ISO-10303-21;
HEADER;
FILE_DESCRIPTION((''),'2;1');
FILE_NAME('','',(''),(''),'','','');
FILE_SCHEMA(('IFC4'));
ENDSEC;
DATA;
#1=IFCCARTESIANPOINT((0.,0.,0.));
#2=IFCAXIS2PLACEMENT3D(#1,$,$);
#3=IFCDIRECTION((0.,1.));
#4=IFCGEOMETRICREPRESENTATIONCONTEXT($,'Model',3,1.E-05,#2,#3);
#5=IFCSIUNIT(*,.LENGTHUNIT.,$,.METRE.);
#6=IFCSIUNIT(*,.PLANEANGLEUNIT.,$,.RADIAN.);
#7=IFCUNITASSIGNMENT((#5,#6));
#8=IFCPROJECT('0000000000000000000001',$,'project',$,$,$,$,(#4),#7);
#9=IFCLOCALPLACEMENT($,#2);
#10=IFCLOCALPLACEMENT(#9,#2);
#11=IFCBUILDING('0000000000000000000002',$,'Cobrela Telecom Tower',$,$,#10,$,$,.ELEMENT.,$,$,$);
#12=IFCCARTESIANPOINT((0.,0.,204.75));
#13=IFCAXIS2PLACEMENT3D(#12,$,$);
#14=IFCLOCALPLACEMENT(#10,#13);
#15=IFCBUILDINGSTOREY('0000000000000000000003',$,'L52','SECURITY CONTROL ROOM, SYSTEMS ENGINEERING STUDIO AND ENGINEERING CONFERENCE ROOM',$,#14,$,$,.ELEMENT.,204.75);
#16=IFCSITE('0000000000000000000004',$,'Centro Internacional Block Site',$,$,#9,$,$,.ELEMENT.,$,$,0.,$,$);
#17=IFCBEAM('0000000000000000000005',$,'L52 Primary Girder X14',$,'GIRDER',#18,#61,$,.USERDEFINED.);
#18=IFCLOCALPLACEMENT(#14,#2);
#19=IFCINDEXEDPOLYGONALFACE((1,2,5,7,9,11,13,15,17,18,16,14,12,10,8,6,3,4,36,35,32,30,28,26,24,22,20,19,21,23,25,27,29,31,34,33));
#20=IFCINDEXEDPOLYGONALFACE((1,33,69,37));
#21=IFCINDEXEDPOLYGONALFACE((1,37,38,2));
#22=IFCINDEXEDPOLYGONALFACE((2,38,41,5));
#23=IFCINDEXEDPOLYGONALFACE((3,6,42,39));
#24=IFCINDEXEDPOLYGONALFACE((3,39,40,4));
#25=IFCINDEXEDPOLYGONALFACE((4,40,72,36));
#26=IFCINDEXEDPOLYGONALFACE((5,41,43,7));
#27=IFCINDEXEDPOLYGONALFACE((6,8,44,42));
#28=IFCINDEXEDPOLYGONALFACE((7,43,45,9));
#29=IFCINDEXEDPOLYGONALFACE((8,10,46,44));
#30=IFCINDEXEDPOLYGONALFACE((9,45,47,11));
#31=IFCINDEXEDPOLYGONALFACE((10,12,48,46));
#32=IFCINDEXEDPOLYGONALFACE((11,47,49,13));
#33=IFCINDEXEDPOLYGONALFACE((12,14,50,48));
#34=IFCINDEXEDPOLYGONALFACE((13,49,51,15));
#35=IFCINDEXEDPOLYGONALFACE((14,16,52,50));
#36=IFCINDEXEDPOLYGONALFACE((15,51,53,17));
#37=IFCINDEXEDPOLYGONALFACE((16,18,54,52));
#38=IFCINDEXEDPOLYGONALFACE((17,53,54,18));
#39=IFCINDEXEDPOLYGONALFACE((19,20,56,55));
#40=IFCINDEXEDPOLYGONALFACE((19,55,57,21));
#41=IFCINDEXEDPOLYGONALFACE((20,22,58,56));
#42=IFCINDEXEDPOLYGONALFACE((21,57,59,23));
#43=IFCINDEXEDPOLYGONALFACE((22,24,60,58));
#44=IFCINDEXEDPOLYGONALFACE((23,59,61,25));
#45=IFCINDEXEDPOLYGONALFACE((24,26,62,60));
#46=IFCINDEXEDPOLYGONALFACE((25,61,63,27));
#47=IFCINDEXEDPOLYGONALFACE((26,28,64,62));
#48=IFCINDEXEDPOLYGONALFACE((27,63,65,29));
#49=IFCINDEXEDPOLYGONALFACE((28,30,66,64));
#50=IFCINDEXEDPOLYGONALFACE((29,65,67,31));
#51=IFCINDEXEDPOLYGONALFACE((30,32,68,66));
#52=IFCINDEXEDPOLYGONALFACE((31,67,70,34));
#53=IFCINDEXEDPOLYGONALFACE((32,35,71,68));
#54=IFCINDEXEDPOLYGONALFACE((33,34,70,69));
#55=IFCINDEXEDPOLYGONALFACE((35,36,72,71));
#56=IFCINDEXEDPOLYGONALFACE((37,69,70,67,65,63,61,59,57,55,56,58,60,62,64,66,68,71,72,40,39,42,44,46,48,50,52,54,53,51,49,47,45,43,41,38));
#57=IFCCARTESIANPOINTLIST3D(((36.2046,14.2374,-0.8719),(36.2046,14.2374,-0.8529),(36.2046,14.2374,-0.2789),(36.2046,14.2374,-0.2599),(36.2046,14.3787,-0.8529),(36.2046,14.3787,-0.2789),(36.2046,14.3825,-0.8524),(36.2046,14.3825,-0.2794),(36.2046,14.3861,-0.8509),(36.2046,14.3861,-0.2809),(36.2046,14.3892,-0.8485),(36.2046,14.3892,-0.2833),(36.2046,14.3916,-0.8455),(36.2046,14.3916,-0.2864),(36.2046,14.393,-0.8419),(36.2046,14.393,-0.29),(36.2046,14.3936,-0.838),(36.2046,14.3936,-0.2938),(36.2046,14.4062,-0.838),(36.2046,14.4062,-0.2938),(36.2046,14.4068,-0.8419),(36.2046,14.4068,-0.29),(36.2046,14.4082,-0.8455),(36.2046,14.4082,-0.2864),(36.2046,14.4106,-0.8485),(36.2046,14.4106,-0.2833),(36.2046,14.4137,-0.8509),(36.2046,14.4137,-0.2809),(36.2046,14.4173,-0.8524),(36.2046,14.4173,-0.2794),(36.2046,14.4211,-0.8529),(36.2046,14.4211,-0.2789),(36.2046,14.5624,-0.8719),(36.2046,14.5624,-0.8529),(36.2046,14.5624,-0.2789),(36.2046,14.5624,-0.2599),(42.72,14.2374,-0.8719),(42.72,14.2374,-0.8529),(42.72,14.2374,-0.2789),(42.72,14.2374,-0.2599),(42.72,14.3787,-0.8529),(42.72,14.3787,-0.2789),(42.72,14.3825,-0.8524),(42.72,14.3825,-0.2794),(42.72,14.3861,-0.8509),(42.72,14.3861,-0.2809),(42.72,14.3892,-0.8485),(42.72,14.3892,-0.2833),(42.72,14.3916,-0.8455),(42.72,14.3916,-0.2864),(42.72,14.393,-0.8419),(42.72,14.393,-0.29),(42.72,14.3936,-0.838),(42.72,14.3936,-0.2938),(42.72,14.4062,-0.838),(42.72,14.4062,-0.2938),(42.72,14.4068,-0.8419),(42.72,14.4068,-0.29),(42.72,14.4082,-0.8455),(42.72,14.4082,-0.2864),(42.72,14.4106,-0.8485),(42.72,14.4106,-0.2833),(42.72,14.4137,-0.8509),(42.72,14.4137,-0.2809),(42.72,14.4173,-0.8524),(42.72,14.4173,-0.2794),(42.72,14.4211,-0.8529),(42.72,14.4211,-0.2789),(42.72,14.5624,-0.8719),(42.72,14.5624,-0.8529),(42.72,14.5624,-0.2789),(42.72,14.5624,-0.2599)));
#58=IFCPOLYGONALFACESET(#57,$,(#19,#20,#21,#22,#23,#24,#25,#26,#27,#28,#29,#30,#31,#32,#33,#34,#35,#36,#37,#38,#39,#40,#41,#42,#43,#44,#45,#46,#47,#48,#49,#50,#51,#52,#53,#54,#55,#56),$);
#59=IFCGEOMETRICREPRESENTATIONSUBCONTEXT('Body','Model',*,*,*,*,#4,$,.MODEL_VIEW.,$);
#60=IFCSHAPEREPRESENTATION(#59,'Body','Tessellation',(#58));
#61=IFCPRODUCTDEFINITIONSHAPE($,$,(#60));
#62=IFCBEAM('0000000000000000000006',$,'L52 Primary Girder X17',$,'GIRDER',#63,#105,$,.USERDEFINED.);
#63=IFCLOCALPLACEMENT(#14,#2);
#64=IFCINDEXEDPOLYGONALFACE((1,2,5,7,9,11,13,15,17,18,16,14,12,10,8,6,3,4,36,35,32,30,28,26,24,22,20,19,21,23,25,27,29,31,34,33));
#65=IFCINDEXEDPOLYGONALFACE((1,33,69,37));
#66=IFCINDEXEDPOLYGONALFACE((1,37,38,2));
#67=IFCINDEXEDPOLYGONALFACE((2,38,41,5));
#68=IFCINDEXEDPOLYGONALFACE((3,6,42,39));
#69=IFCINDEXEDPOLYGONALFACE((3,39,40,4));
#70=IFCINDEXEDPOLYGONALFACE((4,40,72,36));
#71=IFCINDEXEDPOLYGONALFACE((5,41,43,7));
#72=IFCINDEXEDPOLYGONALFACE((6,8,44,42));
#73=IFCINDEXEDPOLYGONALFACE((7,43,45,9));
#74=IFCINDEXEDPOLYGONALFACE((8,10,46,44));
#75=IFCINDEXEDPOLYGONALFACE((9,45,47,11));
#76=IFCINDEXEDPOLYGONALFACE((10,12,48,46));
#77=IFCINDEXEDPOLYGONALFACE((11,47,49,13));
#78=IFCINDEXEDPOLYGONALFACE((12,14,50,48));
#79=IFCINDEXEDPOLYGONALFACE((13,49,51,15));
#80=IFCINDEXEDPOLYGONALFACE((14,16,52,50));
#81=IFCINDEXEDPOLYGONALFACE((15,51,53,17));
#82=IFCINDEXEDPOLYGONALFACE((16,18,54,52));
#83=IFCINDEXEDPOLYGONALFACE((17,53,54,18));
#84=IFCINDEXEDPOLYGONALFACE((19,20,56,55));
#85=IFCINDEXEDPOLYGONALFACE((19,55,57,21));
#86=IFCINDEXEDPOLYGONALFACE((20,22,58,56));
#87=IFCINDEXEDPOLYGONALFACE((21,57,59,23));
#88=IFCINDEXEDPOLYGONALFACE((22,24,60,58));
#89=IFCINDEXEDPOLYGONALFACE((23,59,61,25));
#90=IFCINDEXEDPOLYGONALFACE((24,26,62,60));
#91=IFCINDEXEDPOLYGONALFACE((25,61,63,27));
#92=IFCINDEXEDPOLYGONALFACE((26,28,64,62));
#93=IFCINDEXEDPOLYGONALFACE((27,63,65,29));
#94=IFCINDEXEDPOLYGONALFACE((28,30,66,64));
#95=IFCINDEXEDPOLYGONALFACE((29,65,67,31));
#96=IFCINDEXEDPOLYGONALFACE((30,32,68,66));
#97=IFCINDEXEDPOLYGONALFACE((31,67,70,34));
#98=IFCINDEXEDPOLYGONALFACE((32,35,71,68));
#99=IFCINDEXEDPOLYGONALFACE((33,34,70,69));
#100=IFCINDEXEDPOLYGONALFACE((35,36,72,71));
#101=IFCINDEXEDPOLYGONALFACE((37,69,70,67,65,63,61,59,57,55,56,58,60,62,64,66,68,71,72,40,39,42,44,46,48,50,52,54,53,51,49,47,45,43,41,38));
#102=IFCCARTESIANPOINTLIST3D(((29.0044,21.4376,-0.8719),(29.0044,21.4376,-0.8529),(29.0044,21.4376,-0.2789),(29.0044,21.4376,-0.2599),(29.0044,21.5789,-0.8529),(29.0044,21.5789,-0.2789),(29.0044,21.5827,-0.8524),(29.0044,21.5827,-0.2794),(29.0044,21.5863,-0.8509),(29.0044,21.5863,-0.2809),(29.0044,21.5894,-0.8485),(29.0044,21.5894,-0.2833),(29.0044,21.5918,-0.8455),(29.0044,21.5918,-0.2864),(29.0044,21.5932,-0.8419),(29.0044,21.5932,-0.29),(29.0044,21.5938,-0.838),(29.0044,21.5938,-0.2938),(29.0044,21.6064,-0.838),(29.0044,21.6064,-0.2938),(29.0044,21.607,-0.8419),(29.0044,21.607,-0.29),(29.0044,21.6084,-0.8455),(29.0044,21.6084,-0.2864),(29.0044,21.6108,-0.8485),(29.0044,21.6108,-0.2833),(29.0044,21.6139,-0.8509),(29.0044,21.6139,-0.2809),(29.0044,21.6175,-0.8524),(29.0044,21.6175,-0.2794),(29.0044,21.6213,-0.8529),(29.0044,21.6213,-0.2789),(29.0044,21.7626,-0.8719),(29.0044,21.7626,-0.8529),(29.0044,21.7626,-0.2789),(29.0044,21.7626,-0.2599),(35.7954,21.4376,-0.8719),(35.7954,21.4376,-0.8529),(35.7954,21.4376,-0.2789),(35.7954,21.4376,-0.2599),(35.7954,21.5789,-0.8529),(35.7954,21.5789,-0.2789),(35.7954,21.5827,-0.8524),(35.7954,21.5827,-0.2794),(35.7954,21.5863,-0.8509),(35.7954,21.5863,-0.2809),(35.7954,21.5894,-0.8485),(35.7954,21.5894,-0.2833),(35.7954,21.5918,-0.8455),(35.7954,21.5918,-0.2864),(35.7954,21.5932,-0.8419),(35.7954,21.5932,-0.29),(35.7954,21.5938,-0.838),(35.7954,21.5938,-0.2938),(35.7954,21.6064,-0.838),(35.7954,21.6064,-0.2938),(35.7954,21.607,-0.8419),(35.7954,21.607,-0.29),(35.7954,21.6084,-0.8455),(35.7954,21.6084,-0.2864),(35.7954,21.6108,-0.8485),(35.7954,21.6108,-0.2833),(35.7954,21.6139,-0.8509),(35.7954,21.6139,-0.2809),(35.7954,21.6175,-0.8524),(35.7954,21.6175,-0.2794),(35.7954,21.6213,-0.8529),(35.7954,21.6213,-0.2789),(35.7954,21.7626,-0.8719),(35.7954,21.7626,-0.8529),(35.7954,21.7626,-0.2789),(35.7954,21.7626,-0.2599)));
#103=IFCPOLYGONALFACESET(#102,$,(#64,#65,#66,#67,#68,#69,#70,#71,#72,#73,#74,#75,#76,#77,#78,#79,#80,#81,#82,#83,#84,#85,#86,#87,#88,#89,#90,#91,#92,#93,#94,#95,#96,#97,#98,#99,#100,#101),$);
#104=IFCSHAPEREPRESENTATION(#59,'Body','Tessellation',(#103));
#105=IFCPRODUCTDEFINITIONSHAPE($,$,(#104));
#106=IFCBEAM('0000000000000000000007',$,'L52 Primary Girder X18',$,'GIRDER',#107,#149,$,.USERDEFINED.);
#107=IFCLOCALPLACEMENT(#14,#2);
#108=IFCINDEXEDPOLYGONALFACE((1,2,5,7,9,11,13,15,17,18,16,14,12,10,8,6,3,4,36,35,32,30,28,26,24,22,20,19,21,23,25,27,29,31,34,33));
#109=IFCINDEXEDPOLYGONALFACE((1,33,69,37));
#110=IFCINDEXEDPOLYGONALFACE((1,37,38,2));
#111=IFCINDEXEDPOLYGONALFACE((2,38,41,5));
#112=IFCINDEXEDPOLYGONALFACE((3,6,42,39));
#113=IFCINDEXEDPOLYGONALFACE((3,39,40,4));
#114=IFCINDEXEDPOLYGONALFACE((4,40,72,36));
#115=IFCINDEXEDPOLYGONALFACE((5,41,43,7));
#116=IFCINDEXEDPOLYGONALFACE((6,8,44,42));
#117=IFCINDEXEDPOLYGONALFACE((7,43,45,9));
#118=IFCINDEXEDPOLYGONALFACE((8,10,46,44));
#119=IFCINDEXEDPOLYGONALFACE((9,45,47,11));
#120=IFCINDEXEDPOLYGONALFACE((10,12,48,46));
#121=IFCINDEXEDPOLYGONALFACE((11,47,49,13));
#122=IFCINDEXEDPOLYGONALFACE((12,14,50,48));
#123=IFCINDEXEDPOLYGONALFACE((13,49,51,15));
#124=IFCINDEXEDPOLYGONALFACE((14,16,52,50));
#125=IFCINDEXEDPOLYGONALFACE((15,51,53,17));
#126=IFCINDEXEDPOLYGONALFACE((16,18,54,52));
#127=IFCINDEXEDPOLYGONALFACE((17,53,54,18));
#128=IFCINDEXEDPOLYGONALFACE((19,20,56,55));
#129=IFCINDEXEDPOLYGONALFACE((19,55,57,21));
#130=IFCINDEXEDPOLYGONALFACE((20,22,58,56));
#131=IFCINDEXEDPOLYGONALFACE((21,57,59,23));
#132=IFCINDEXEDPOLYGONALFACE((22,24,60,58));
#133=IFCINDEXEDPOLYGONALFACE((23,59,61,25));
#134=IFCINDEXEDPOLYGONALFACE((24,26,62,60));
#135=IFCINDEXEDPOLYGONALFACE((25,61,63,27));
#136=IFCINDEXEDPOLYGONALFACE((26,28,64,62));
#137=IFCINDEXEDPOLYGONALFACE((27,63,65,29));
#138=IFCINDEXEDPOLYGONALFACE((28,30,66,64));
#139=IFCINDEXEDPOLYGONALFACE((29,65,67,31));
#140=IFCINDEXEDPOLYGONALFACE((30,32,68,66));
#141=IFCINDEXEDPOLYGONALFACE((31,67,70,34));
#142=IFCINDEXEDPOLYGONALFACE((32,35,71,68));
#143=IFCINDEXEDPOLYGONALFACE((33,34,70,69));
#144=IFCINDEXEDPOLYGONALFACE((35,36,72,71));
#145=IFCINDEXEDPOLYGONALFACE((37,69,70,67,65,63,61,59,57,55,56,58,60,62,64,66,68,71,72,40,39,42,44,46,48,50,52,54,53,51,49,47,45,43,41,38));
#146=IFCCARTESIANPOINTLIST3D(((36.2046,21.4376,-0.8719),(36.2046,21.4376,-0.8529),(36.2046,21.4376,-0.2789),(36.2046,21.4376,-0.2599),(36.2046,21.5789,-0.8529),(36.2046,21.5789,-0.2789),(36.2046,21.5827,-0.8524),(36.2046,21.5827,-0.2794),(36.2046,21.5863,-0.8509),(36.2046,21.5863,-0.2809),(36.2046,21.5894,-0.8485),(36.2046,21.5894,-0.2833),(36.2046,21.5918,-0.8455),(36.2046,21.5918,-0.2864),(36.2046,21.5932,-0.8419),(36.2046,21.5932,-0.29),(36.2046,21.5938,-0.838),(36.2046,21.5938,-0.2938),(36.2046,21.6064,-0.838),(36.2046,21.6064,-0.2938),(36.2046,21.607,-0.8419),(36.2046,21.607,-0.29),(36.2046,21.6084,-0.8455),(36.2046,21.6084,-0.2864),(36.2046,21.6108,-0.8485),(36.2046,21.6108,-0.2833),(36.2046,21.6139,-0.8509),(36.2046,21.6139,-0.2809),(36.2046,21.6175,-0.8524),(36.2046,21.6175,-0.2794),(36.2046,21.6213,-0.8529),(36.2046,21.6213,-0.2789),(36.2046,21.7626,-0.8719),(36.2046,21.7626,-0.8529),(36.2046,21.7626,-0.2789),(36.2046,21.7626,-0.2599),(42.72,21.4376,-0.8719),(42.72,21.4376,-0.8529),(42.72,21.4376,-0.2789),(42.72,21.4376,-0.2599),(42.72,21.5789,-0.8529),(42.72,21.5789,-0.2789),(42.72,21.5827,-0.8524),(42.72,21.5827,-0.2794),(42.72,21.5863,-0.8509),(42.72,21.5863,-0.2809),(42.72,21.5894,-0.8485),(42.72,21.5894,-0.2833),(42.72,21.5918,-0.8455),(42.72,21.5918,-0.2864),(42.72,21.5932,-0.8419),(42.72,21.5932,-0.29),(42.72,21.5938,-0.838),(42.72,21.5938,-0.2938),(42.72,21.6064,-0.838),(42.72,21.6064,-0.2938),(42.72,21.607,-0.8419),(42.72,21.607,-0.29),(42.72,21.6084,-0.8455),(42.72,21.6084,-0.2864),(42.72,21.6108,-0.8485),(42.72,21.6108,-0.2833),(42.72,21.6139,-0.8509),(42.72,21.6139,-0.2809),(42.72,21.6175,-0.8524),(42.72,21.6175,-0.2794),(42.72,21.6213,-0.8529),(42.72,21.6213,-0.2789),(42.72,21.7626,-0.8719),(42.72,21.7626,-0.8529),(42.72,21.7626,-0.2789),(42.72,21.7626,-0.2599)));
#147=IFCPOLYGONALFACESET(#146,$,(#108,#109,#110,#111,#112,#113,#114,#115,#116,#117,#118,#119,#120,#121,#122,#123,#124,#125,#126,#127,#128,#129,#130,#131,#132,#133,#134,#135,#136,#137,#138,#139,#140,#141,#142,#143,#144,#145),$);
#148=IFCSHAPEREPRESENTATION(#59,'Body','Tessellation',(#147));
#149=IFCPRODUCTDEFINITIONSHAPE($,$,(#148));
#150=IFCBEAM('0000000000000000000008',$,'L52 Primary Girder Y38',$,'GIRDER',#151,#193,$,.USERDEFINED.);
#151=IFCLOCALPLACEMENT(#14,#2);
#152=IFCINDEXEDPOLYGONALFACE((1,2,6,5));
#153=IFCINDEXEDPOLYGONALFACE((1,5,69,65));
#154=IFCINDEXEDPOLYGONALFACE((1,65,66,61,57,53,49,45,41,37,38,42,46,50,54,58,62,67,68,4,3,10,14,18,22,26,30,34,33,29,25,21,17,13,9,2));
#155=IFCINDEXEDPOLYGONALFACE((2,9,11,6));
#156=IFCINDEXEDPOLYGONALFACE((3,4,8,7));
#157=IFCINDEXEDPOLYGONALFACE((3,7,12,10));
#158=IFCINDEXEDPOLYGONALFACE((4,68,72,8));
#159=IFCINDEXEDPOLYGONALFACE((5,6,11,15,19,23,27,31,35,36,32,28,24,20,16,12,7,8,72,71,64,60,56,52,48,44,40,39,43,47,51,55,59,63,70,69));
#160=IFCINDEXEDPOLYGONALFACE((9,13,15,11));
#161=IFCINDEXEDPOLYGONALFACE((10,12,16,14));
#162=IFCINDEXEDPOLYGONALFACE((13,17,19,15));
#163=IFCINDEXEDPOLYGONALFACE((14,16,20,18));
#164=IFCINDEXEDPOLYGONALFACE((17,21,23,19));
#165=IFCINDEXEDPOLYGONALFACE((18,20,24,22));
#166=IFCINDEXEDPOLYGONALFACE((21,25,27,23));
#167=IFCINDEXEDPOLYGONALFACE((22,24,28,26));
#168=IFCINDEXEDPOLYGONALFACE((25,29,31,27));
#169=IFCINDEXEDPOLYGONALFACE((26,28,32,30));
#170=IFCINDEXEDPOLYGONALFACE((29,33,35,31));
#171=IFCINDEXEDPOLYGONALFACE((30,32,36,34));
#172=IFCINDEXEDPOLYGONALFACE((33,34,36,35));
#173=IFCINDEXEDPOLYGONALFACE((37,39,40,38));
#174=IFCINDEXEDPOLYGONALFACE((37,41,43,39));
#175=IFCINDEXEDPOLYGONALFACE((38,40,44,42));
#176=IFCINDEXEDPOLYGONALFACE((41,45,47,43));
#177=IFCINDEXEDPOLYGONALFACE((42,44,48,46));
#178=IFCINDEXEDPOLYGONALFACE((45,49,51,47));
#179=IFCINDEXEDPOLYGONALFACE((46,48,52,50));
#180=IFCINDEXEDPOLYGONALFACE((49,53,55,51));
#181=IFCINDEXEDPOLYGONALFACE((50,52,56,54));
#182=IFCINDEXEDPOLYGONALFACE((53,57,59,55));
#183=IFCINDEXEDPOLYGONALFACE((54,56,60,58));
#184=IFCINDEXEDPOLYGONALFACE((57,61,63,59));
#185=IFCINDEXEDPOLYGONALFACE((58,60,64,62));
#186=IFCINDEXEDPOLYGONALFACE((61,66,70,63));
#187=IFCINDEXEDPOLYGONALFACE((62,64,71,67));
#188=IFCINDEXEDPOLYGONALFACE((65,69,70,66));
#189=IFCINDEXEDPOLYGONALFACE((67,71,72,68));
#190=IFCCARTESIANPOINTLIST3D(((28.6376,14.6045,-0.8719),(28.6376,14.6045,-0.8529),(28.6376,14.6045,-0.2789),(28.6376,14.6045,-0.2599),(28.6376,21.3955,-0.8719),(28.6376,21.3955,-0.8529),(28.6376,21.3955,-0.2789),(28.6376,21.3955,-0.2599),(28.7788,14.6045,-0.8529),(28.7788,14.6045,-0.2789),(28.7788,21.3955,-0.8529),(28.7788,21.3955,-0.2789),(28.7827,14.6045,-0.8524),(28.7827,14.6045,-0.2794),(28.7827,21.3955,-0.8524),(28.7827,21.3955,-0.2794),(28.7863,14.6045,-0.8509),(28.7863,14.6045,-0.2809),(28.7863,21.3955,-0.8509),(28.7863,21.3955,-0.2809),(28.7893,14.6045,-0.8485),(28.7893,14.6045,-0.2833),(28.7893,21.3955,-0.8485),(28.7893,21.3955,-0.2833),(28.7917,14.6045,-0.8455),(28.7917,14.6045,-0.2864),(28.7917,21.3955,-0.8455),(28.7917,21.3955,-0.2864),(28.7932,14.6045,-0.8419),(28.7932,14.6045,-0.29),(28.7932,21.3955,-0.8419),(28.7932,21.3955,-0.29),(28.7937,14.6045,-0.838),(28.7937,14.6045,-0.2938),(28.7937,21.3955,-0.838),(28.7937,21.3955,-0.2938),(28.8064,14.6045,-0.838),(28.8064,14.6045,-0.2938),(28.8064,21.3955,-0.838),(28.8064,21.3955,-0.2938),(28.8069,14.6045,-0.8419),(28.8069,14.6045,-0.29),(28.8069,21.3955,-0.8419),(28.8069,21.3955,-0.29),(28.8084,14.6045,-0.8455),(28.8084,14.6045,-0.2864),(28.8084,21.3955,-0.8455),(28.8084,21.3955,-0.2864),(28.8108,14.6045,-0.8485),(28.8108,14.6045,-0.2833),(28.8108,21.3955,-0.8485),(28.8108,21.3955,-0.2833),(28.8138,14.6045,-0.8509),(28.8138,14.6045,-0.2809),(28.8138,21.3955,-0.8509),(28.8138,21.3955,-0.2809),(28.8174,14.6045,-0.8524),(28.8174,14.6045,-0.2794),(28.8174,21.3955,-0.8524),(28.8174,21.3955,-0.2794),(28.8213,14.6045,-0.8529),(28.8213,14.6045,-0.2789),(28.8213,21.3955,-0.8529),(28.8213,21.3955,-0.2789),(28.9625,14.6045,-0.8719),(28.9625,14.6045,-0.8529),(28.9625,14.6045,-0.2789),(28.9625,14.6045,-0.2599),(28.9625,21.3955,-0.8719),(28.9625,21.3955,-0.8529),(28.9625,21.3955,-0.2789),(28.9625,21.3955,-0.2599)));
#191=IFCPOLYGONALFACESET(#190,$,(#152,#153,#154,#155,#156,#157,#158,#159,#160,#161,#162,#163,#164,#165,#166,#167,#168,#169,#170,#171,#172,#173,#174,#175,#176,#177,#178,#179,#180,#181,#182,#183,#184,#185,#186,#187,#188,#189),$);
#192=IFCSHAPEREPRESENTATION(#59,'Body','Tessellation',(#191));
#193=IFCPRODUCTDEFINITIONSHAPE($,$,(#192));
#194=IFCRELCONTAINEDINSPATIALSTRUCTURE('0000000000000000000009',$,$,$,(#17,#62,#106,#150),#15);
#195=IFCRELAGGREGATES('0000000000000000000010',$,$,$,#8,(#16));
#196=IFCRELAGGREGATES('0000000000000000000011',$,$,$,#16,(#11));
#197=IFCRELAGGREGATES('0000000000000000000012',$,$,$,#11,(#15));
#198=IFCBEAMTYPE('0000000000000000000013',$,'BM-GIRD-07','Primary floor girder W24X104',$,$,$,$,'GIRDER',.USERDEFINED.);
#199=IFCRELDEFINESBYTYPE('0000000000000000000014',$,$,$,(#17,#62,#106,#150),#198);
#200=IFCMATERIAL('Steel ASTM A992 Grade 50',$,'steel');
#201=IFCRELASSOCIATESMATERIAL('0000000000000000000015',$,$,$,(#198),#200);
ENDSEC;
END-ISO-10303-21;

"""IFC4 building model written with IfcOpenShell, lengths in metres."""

from ifc_helpers import new_model, si_unit, direction, frame, origin, origin_2d, place, context, subcontext, project, spatial, i_section, extrude, material, material_profile, profile_set, type_object, element, save


model = new_model("IFC4")

# Units and contexts
model_context = context("Model", 3, precision=1e-05, world=origin(), true_north=direction((0.0, 1.0)))
body_context = subcontext(model_context, "Body", "Model", "MODEL_VIEW")
ifc_project = project(units=[si_unit("LENGTHUNIT", "METRE"), si_unit("PLANEANGLEUNIT", "RADIAN")], contexts=[model_context])

# Site, building, storey
site_placement = place(None, origin())
site = spatial("IfcSite", under=ifc_project, at=site_placement, Name="Centro Internacional Block Site", CompositionType="ELEMENT", RefElevation=0.0)
building_placement = place(site_placement, origin())
building = spatial("IfcBuilding", under=site, at=building_placement, Name="Cobrela Telecom Tower", CompositionType="ELEMENT")
storey_placement = place(building_placement, frame((0.0, 0.0, 204.75)))
storey = spatial("IfcBuildingStorey", under=building, at=storey_placement, Name="L52", Description="SECURITY CONTROL ROOM, SYSTEMS ENGINEERING STUDIO AND ENGINEERING CONFERENCE ROOM", CompositionType="ELEMENT", Elevation=204.75)

# Shared definitions
ifc_material_1 = material(Name="Steel ASTM A992 Grade 50", Category="steel")

# Beams
ifc_material_profile_1 = material_profile(ifc_material_1, i_section(OverallWidth=0.325, OverallDepth=0.6121, WebThickness=0.0127, FlangeThickness=0.019, FilletRadius=0.0149, at=origin_2d()), Name="W24X104")
ifc_profile_set_1 = profile_set([ifc_material_profile_1], Name="Steel ASTM A992 Grade 50")
beam_type_1 = type_object("IfcBeamType", Name="BM-GIRD-07", Description="Primary floor girder W24X104", ElementType="GIRDER", PredefinedType="USERDEFINED", material=ifc_profile_set_1)
beam_1_placement = place(storey_placement, frame((36.2046, 14.3999, -0.5659), z_axis=(1.0, 0.0, 0.0), x_axis=(0.0, 1.0, 0.0)))
element("IfcBeam", 1, at=beam_1_placement, inside=storey, type_object=beam_type_1, Name="L52 Primary Girder X14", ObjectType="GIRDER", PredefinedType="USERDEFINED", context=body_context, shape_type="SweptSolid", body=[
    extrude(i_section(OverallWidth=0.325, OverallDepth=0.6121, WebThickness=0.0127, FlangeThickness=0.019, FilletRadius=0.0149, at=origin_2d()), origin(), (0.0, 0.0, 1.0), 6.5154),
])
beam_2_placement = place(storey_placement, frame((29.0044, 21.6001, -0.5659), z_axis=(1.0, 0.0, 0.0), x_axis=(0.0, 1.0, 0.0)))
element("IfcBeam", 2, at=beam_2_placement, inside=storey, type_object=beam_type_1, Name="L52 Primary Girder X17", ObjectType="GIRDER", PredefinedType="USERDEFINED", context=body_context, shape_type="SweptSolid", body=[
    extrude(i_section(OverallWidth=0.325, OverallDepth=0.6121, WebThickness=0.0127, FlangeThickness=0.019, FilletRadius=0.0149, at=origin_2d()), origin(), (0.0, 0.0, 1.0), 6.791),
])
beam_3_placement = place(storey_placement, frame((36.2046, 21.6001, -0.5659), z_axis=(1.0, 0.0, 0.0), x_axis=(0.0, 1.0, 0.0)))
element("IfcBeam", 3, at=beam_3_placement, inside=storey, type_object=beam_type_1, Name="L52 Primary Girder X18", ObjectType="GIRDER", PredefinedType="USERDEFINED", context=body_context, shape_type="SweptSolid", body=[
    extrude(i_section(OverallWidth=0.325, OverallDepth=0.6121, WebThickness=0.0127, FlangeThickness=0.019, FilletRadius=0.0149, at=origin_2d()), origin(), (0.0, 0.0, 1.0), 6.5154),
])
for number, where, z_axis, x_axis, name in (
    (4, (28.8, 14.6045, -0.5659), (0.0, 1.0, 0.0), (-1.0, 0.0, 0.0), "L52 Primary Girder Y38"),
):
    element("IfcBeam", number, at=place(storey_placement, frame(where, z_axis=z_axis, x_axis=x_axis)), inside=storey, type_object=beam_type_1, Name=name, ObjectType="GIRDER", PredefinedType="USERDEFINED", context=body_context, shape_type="SweptSolid", body=[
        extrude(i_section(OverallWidth=0.325, OverallDepth=0.6121, WebThickness=0.0127, FlangeThickness=0.019, FilletRadius=0.0149, at=origin_2d()), origin(), (0.0, 0.0, 1.0), 6.791),
    ])

save(model, "model.ifc")
